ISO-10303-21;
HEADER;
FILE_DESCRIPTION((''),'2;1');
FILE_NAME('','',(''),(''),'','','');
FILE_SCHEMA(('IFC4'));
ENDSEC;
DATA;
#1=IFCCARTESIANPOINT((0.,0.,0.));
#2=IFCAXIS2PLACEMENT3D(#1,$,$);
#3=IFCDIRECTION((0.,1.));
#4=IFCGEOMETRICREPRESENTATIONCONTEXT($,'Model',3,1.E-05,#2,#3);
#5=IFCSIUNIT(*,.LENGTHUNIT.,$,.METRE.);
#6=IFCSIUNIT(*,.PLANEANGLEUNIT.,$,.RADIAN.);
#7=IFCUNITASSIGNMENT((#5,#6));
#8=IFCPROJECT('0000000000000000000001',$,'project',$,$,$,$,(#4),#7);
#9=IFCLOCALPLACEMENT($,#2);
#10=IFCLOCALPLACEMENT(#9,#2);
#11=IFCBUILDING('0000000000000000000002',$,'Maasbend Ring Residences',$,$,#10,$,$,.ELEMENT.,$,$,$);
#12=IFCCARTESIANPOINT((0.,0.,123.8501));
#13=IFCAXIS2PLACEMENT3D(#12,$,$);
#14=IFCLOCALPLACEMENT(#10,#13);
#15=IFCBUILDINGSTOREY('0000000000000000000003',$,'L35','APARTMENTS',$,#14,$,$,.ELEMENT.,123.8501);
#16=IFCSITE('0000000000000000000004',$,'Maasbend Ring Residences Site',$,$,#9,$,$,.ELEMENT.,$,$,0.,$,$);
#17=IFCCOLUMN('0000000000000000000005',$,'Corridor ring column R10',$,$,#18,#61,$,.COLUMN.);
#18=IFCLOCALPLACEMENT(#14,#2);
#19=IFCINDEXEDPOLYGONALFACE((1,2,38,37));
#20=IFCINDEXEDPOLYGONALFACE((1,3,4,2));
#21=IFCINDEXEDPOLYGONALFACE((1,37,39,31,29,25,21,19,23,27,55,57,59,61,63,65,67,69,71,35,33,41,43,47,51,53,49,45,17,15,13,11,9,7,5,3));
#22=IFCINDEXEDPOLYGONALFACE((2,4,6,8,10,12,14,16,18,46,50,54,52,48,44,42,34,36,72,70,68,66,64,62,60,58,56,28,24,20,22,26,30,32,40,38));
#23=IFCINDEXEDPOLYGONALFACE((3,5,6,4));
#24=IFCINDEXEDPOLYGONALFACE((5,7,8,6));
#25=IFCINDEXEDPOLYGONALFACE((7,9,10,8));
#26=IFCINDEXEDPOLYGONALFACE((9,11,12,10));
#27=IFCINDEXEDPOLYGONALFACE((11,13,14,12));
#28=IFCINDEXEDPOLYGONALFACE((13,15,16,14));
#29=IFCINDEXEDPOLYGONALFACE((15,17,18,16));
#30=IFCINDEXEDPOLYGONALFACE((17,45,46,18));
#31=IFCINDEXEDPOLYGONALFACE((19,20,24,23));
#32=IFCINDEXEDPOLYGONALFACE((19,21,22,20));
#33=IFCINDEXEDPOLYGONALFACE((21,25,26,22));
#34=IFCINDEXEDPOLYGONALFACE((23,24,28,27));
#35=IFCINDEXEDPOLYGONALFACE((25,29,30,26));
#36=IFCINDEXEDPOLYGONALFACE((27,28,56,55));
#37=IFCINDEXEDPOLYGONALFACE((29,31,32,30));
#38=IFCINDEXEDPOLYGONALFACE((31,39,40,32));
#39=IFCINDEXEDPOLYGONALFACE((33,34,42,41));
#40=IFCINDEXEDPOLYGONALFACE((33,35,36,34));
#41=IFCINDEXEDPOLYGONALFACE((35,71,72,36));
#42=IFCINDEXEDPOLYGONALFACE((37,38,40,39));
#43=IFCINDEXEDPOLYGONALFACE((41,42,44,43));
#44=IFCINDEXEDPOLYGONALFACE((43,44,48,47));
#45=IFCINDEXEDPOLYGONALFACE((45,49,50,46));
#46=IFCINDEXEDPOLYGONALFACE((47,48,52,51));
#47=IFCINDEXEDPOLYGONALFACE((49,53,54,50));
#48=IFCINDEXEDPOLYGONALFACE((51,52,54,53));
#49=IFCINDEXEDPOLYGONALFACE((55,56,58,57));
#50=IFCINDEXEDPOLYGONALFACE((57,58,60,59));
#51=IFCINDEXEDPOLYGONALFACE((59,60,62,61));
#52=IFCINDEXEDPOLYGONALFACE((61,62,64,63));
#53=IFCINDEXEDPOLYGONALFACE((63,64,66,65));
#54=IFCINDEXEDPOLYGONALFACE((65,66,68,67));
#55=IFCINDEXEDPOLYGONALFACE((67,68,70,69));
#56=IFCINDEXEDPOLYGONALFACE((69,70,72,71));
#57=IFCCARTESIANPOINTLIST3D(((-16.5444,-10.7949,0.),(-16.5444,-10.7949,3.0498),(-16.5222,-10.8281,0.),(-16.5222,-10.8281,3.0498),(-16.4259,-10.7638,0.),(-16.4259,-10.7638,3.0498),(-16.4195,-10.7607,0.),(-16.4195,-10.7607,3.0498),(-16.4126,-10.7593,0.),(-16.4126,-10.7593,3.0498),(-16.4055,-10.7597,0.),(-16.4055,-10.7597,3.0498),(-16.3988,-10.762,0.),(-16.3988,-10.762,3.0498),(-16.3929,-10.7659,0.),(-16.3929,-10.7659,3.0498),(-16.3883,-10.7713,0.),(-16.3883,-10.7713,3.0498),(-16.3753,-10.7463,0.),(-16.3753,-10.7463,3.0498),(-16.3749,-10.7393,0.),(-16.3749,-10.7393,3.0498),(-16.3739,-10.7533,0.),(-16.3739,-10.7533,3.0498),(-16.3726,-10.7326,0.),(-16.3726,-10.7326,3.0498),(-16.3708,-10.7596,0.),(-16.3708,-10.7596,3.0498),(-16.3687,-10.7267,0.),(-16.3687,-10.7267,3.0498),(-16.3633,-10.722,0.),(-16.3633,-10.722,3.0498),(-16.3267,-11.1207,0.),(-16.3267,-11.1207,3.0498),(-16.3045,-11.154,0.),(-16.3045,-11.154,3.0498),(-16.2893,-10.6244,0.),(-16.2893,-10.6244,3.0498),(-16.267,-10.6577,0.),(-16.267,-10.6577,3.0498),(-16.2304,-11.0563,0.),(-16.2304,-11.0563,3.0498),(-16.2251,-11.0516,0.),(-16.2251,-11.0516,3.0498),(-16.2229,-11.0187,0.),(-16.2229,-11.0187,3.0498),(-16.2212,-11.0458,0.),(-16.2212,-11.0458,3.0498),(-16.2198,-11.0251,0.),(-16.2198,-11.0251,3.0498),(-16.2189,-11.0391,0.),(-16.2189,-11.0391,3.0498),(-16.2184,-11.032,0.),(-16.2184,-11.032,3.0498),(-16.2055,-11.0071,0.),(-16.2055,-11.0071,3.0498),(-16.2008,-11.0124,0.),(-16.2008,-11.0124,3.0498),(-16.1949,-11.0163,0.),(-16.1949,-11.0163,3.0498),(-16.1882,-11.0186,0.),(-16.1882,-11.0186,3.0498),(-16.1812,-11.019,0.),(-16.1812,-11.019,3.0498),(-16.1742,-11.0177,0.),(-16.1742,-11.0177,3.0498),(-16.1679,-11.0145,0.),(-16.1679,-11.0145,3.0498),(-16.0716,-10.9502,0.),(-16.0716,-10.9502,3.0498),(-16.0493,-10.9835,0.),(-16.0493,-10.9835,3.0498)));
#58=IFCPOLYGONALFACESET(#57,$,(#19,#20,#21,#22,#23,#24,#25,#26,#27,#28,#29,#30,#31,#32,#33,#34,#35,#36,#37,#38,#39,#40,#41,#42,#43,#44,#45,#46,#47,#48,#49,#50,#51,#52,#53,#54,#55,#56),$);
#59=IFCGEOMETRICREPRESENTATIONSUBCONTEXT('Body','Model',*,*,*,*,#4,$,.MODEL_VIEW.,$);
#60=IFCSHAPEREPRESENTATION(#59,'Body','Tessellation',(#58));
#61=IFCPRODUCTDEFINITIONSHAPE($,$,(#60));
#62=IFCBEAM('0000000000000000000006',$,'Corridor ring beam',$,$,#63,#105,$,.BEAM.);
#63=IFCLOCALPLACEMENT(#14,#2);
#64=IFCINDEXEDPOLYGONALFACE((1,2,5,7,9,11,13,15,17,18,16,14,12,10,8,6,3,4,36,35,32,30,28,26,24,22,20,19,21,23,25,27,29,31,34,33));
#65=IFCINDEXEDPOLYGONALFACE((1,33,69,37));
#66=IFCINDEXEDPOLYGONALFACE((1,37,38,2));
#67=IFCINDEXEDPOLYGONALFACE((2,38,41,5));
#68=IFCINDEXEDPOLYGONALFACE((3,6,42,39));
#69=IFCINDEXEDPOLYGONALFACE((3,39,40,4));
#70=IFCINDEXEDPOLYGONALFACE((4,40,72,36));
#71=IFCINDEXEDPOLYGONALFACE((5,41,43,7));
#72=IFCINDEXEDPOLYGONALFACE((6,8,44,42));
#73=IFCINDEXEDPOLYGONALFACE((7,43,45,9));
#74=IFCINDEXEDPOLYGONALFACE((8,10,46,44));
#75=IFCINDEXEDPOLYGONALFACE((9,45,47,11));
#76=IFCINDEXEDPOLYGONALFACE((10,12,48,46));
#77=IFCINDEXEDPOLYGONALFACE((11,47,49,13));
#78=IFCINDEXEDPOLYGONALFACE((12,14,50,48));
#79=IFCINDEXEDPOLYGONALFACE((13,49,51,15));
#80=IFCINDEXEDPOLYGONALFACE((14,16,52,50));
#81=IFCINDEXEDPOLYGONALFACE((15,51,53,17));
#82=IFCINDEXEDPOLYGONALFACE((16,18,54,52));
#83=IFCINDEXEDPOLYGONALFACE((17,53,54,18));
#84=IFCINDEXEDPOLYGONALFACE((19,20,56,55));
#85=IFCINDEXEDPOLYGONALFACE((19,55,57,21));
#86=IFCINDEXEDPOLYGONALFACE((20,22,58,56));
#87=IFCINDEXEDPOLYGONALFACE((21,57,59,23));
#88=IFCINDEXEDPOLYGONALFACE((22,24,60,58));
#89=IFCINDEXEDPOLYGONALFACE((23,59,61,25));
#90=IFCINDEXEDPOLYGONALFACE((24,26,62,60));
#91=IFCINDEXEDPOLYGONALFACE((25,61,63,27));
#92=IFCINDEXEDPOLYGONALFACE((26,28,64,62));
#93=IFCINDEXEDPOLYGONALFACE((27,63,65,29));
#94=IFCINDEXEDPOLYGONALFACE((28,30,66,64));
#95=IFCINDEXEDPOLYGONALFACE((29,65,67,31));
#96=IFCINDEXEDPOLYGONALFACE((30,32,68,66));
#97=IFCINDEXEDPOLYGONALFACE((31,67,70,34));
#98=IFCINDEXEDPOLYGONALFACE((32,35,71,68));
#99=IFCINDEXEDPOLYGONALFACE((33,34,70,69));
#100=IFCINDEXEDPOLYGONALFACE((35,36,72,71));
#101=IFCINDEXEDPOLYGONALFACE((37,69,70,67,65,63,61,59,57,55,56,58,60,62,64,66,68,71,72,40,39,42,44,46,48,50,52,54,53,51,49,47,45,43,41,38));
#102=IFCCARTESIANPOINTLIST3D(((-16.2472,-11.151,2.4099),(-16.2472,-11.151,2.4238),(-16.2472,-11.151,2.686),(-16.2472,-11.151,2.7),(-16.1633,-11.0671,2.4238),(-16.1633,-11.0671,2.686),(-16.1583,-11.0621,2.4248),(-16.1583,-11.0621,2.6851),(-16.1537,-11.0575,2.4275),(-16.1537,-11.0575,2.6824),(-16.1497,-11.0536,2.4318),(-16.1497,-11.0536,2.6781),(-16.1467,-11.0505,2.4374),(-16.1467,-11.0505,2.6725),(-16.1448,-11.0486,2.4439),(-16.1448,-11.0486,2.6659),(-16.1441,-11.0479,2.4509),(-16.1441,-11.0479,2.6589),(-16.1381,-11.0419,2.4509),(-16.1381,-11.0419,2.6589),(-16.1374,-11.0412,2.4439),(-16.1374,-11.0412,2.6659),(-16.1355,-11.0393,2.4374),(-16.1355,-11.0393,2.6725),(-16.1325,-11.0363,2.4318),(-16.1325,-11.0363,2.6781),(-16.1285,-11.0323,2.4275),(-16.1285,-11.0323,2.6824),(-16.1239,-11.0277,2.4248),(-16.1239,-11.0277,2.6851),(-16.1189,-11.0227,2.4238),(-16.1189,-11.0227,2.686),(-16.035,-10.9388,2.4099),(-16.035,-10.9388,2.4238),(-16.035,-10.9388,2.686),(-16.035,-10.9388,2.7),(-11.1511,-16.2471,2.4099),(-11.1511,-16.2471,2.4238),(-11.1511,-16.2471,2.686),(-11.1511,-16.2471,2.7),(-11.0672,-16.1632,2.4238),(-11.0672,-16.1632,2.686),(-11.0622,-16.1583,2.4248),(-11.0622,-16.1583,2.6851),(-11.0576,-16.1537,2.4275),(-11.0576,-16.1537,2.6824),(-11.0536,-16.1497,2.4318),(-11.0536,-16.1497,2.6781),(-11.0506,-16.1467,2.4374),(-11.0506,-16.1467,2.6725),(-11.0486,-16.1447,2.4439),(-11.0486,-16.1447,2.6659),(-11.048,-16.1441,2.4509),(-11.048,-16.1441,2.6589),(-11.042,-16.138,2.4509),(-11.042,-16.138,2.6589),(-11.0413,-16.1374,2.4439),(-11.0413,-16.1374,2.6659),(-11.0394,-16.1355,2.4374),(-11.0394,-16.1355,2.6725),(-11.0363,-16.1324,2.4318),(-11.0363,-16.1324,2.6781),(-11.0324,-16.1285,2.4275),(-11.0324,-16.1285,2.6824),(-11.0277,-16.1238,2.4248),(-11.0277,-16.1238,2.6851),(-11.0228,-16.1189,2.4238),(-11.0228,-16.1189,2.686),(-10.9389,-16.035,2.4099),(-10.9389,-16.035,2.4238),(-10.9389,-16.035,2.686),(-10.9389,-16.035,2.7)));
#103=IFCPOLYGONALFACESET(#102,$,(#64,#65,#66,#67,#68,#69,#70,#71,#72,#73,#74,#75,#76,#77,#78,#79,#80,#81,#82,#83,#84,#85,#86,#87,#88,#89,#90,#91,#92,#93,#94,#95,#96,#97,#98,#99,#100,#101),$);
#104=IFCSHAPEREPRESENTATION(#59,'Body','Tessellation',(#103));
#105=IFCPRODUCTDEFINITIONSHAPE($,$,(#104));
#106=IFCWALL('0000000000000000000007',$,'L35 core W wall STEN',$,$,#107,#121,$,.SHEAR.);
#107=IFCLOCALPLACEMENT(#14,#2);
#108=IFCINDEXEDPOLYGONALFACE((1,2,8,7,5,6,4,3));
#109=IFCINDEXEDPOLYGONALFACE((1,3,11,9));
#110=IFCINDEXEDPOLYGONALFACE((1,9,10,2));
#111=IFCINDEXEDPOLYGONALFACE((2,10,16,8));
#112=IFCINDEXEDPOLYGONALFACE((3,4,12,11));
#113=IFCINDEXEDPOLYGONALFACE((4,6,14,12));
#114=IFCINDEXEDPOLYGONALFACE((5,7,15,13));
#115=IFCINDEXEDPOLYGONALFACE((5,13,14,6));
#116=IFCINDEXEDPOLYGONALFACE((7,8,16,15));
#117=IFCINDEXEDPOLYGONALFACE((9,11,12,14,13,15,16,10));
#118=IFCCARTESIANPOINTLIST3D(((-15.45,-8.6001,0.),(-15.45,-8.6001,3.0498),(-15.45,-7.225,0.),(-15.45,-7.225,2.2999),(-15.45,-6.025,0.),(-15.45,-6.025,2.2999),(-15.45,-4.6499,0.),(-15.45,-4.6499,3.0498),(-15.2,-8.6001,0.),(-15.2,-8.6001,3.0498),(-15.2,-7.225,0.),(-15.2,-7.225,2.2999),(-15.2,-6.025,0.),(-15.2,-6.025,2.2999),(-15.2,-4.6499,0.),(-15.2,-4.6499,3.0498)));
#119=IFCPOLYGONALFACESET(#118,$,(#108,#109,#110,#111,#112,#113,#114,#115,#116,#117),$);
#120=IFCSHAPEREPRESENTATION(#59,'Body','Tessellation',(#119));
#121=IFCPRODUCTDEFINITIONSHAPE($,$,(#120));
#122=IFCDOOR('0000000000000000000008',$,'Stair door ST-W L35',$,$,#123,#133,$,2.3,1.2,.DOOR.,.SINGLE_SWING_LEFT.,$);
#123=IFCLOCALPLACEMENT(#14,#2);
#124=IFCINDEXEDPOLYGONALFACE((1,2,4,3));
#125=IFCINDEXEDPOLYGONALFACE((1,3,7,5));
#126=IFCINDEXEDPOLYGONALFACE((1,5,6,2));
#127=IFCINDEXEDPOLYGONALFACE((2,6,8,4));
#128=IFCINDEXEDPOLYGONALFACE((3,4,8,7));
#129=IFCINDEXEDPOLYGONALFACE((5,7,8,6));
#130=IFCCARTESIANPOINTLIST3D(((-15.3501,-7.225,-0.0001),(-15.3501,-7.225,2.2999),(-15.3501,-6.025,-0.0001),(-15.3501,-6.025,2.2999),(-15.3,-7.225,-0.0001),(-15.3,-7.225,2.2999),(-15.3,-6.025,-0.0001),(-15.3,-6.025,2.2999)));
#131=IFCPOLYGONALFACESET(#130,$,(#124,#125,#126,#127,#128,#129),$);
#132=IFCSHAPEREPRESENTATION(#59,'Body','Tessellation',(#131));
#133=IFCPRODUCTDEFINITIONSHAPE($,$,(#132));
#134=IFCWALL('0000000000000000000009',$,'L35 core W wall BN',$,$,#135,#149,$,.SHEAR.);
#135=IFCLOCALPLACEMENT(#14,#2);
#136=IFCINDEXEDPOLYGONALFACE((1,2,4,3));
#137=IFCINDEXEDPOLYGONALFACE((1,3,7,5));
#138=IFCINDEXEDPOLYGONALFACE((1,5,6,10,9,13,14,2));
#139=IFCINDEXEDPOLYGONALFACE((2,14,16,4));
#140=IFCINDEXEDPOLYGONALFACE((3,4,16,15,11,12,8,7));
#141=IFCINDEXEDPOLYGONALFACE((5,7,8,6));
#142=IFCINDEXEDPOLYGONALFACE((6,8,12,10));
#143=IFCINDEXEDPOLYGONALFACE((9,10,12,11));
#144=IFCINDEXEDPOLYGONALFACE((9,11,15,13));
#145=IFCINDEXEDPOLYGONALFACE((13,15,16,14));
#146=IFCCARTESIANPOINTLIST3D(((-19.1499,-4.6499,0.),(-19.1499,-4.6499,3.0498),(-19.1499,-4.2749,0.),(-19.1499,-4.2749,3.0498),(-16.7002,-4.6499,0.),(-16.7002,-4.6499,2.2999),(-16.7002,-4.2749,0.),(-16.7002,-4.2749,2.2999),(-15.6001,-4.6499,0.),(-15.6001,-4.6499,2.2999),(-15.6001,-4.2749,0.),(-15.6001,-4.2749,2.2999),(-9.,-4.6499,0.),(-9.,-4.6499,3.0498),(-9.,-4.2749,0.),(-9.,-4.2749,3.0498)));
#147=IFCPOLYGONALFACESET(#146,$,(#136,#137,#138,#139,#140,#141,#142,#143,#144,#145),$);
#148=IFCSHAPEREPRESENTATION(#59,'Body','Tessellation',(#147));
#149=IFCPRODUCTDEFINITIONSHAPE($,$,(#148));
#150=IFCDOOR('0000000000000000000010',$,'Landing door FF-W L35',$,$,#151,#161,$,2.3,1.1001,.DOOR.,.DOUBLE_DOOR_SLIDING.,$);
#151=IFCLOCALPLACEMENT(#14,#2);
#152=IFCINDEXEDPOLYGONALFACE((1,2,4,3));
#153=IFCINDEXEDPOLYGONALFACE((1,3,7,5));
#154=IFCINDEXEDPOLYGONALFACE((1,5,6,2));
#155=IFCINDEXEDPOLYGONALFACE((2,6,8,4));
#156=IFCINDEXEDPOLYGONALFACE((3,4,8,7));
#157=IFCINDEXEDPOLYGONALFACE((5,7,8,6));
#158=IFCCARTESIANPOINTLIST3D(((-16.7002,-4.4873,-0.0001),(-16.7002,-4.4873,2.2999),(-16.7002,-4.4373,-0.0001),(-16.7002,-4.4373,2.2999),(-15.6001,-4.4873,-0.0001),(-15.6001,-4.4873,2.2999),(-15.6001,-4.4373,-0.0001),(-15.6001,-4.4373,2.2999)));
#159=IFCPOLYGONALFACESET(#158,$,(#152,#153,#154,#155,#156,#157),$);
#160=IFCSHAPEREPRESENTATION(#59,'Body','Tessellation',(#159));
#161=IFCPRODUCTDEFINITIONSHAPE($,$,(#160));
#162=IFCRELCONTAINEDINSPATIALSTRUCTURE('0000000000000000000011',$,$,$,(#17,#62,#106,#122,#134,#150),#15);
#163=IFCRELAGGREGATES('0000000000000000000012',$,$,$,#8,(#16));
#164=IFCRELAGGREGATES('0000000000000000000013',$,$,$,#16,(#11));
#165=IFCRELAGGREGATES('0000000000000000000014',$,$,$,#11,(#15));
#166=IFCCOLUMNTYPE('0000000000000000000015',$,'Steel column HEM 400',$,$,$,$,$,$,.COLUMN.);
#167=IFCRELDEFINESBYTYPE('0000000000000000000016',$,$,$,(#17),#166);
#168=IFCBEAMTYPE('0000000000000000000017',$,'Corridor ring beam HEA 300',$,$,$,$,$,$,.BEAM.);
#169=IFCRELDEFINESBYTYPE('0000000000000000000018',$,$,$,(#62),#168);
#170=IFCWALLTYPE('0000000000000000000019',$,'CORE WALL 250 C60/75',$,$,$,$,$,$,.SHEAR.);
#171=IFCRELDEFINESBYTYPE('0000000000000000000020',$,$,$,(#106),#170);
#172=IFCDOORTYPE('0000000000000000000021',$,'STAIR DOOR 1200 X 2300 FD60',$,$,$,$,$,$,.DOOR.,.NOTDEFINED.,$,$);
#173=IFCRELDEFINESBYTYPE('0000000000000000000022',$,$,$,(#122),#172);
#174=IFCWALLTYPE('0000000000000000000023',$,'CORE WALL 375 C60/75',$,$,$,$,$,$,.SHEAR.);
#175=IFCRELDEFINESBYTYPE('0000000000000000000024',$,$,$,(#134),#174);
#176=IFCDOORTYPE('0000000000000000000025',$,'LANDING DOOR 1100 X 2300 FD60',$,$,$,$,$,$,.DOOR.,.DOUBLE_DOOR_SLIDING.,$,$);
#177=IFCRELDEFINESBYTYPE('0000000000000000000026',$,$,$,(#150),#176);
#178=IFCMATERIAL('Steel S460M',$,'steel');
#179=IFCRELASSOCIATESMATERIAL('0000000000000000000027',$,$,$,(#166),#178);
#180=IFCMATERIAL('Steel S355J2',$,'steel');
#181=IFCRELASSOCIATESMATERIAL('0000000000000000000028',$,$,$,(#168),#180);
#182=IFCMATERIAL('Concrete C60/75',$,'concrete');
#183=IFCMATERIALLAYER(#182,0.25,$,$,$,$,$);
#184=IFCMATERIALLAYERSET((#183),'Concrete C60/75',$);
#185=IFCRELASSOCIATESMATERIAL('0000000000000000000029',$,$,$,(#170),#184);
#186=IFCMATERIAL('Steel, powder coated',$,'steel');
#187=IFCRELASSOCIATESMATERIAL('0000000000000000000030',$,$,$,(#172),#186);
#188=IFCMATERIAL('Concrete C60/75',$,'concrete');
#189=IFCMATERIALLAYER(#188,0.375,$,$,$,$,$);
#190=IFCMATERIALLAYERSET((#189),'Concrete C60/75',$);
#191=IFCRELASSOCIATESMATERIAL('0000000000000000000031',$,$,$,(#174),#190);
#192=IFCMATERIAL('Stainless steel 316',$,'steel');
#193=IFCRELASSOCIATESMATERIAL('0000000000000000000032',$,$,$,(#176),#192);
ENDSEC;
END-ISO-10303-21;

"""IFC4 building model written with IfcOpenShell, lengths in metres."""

from ifc_helpers import new_model, si_unit, direction, frame, frame_2d, origin, origin_2d, place, context, subcontext, project, spatial, rectangle, i_section, extrude, material, layer, layer_set, material_profile, profile_set, type_object, element, fill, save


model = new_model("IFC4")

# Units and contexts
model_context = context("Model", 3, precision=1e-05, world=origin(), true_north=direction((0.0, 1.0)))
body_context = subcontext(model_context, "Body", "Model", "MODEL_VIEW")
ifc_project = project(units=[si_unit("LENGTHUNIT", "METRE"), si_unit("PLANEANGLEUNIT", "RADIAN")], contexts=[model_context])

# Site, building, storey
site_placement = place(None, origin())
site = spatial("IfcSite", under=ifc_project, at=site_placement, Name="Maasbend Ring Residences Site", CompositionType="ELEMENT", RefElevation=0.0)
building_placement = place(site_placement, origin())
building = spatial("IfcBuilding", under=site, at=building_placement, Name="Maasbend Ring Residences", CompositionType="ELEMENT")
storey_placement = place(building_placement, frame((0.0, 0.0, 123.8501)))
storey = spatial("IfcBuildingStorey", under=building, at=storey_placement, Name="L35", Description="APARTMENTS", CompositionType="ELEMENT", Elevation=123.8501)

# Column
ifc_material_1 = material(Name="Steel S460M", Category="steel")
ifc_material_profile_1 = material_profile(ifc_material_1, i_section(OverallWidth=0.3069, OverallDepth=0.4319, WebThickness=0.021, FlangeThickness=0.04, FilletRadius=0.0271, at=origin_2d()), Name="HEM 400")
ifc_profile_set_1 = profile_set([ifc_material_profile_1], Name="Steel S460M")
column_type = type_object("IfcColumnType", Name="Steel column HEM 400", PredefinedType="COLUMN", material=ifc_profile_set_1)
column_placement = place(storey_placement, frame((-16.2969, -10.8892, 0.0), z_axis=(0.0, 0.0, 1.0), x_axis=(-0.83147, -0.55557, 0.0)))
element("IfcColumn", 1, at=column_placement, inside=storey, type_object=column_type, Name="Corridor ring column R10", PredefinedType="COLUMN", context=body_context, shape_type="SweptSolid", body=[
    extrude(i_section(OverallWidth=0.3069, OverallDepth=0.4319, WebThickness=0.021, FlangeThickness=0.04, FilletRadius=0.0271, at=origin_2d()), origin(), (0.0, 0.0, 1.0), 3.0498),
])

# Beam
ifc_material_2 = material(Name="Steel S355J2", Category="steel")
ifc_material_profile_2 = material_profile(ifc_material_2, i_section(OverallWidth=0.3, OverallDepth=0.29, WebThickness=0.0085, FlangeThickness=0.0139, FilletRadius=0.0271, at=origin_2d()), Name="HEA 300")
ifc_profile_set_2 = profile_set([ifc_material_profile_2], Name="Steel S355J2")
beam_type = type_object("IfcBeamType", Name="Corridor ring beam HEA 300", PredefinedType="BEAM", material=ifc_profile_set_2)
beam_placement = place(storey_placement, frame((-16.1411, -11.0449, 2.5549), z_axis=(0.707107, -0.707107, 0.0), x_axis=(0.707107, 0.707107, 0.0)))
element("IfcBeam", 2, at=beam_placement, inside=storey, type_object=beam_type, Name="Corridor ring beam", PredefinedType="BEAM", context=body_context, shape_type="SweptSolid", body=[
    extrude(i_section(OverallWidth=0.3, OverallDepth=0.29, WebThickness=0.0085, FlangeThickness=0.0139, FilletRadius=0.0271, at=origin_2d()), origin(), (0.0, 0.0, 1.0), 7.207),
])

# Walls, openings, doors
ifc_material_3 = material(Name="Concrete C60/75", Category="concrete")
ifc_layer_1 = layer(ifc_material_3, 0.25)
ifc_layer_set_1 = layer_set([ifc_layer_1], Name="Concrete C60/75")
wall_type_1 = type_object("IfcWallType", Name="CORE WALL 250 C60/75", PredefinedType="SHEAR", material=ifc_layer_set_1)
wall_1_placement = place(storey_placement, frame((-15.325, -4.6499, 0.0), z_axis=(0.0, 0.0, 1.0), x_axis=(0.0, -1.0, 0.0)))
wall_1 = element("IfcWall", 3, at=wall_1_placement, inside=storey, type_object=wall_type_1, Name="L35 core W wall STEN", PredefinedType="SHEAR", context=body_context, shape_type="SweptSolid", body=[
    extrude(rectangle(XDim=3.9502, YDim=0.25, at=frame_2d((1.9751, 0.0))), origin(), (0.0, 0.0, 1.0), 3.0498),
])
opening_1_placement = place(wall_1_placement, frame((1.375, 0.0, 0.0)))
opening_1 = element("IfcOpeningElement", 4, at=opening_1_placement, cuts=wall_1, PredefinedType="OPENING", context=body_context, shape_type="SweptSolid", body=[
    extrude(rectangle(XDim=1.2, YDim=2.3, at=frame_2d((0.6001, 1.1499))), frame((0.0, 0.135, 0.0), z_axis=(0.0, -1.0, 0.0), x_axis=(1.0, 0.0, 0.0)), (0.0, 0.0, 1.0), 0.27),
])
ifc_material_4 = material(Name="Steel, powder coated", Category="steel")
door_type_1 = type_object("IfcDoorType", Name="STAIR DOOR 1200 X 2300 FD60", OperationType="NOTDEFINED", PredefinedType="DOOR", material=ifc_material_4)
door_1_placement = place(opening_1_placement, origin())
door_1 = element("IfcDoor", 5, at=door_1_placement, inside=storey, type_object=door_type_1, Name="Stair door ST-W L35", OperationType="SINGLE_SWING_LEFT", OverallHeight=2.3, OverallWidth=1.2, PredefinedType="DOOR", context=body_context, shape_type="SweptSolid", body=[
    extrude(rectangle(XDim=1.2, YDim=2.3, at=frame_2d((0.6001, 1.1499))), frame((0.0, 0.0249, 0.0), z_axis=(0.0, -1.0, 0.0), x_axis=(1.0, 0.0, 0.0)), (0.0, 0.0, 1.0), 0.05),
])
fill(opening_1, door_1)
ifc_material_5 = material(Name="Concrete C60/75", Category="concrete")
ifc_layer_2 = layer(ifc_material_5, 0.375)
ifc_layer_set_2 = layer_set([ifc_layer_2], Name="Concrete C60/75")
wall_type_2 = type_object("IfcWallType", Name="CORE WALL 375 C60/75", PredefinedType="SHEAR", material=ifc_layer_set_2)
wall_2_placement = place(storey_placement, frame((-9.0, -4.4624, 0.0), z_axis=(0.0, 0.0, 1.0), x_axis=(-1.0, 0.0, 0.0)))
wall_2 = element("IfcWall", 6, at=wall_2_placement, inside=storey, type_object=wall_type_2, Name="L35 core W wall BN", PredefinedType="SHEAR", context=body_context, shape_type="SweptSolid", body=[
    extrude(rectangle(XDim=10.1499, YDim=0.375, at=frame_2d((5.075, 0.0))), origin(), (0.0, 0.0, 1.0), 3.0498),
])
opening_2_placement = place(wall_2_placement, frame((6.6001, 0.0, 0.0)))
opening_2 = element("IfcOpeningElement", 7, at=opening_2_placement, cuts=wall_2, PredefinedType="OPENING", context=body_context, shape_type="SweptSolid", body=[
    extrude(rectangle(XDim=1.1001, YDim=2.3, at=frame_2d((0.55, 1.1499))), frame((0.0, 0.1975, 0.0), z_axis=(0.0, -1.0, 0.0), x_axis=(1.0, 0.0, 0.0)), (0.0, 0.0, 1.0), 0.395),
])
ifc_material_6 = material(Name="Stainless steel 316", Category="steel")
door_type_2 = type_object("IfcDoorType", Name="LANDING DOOR 1100 X 2300 FD60", OperationType="DOUBLE_DOOR_SLIDING", PredefinedType="DOOR", material=ifc_material_6)
door_2_placement = place(opening_2_placement, origin())
door_2 = element("IfcDoor", 8, at=door_2_placement, inside=storey, type_object=door_type_2, Name="Landing door FF-W L35", OperationType="DOUBLE_DOOR_SLIDING", OverallHeight=2.3, OverallWidth=1.1001, PredefinedType="DOOR", context=body_context, shape_type="SweptSolid", body=[
    extrude(rectangle(XDim=1.1001, YDim=2.3, at=frame_2d((0.55, 1.1499))), frame((0.0, 0.0249, 0.0), z_axis=(0.0, -1.0, 0.0), x_axis=(1.0, 0.0, 0.0)), (0.0, 0.0, 1.0), 0.05),
])
fill(opening_2, door_2)

save(model, "model.ifc")
